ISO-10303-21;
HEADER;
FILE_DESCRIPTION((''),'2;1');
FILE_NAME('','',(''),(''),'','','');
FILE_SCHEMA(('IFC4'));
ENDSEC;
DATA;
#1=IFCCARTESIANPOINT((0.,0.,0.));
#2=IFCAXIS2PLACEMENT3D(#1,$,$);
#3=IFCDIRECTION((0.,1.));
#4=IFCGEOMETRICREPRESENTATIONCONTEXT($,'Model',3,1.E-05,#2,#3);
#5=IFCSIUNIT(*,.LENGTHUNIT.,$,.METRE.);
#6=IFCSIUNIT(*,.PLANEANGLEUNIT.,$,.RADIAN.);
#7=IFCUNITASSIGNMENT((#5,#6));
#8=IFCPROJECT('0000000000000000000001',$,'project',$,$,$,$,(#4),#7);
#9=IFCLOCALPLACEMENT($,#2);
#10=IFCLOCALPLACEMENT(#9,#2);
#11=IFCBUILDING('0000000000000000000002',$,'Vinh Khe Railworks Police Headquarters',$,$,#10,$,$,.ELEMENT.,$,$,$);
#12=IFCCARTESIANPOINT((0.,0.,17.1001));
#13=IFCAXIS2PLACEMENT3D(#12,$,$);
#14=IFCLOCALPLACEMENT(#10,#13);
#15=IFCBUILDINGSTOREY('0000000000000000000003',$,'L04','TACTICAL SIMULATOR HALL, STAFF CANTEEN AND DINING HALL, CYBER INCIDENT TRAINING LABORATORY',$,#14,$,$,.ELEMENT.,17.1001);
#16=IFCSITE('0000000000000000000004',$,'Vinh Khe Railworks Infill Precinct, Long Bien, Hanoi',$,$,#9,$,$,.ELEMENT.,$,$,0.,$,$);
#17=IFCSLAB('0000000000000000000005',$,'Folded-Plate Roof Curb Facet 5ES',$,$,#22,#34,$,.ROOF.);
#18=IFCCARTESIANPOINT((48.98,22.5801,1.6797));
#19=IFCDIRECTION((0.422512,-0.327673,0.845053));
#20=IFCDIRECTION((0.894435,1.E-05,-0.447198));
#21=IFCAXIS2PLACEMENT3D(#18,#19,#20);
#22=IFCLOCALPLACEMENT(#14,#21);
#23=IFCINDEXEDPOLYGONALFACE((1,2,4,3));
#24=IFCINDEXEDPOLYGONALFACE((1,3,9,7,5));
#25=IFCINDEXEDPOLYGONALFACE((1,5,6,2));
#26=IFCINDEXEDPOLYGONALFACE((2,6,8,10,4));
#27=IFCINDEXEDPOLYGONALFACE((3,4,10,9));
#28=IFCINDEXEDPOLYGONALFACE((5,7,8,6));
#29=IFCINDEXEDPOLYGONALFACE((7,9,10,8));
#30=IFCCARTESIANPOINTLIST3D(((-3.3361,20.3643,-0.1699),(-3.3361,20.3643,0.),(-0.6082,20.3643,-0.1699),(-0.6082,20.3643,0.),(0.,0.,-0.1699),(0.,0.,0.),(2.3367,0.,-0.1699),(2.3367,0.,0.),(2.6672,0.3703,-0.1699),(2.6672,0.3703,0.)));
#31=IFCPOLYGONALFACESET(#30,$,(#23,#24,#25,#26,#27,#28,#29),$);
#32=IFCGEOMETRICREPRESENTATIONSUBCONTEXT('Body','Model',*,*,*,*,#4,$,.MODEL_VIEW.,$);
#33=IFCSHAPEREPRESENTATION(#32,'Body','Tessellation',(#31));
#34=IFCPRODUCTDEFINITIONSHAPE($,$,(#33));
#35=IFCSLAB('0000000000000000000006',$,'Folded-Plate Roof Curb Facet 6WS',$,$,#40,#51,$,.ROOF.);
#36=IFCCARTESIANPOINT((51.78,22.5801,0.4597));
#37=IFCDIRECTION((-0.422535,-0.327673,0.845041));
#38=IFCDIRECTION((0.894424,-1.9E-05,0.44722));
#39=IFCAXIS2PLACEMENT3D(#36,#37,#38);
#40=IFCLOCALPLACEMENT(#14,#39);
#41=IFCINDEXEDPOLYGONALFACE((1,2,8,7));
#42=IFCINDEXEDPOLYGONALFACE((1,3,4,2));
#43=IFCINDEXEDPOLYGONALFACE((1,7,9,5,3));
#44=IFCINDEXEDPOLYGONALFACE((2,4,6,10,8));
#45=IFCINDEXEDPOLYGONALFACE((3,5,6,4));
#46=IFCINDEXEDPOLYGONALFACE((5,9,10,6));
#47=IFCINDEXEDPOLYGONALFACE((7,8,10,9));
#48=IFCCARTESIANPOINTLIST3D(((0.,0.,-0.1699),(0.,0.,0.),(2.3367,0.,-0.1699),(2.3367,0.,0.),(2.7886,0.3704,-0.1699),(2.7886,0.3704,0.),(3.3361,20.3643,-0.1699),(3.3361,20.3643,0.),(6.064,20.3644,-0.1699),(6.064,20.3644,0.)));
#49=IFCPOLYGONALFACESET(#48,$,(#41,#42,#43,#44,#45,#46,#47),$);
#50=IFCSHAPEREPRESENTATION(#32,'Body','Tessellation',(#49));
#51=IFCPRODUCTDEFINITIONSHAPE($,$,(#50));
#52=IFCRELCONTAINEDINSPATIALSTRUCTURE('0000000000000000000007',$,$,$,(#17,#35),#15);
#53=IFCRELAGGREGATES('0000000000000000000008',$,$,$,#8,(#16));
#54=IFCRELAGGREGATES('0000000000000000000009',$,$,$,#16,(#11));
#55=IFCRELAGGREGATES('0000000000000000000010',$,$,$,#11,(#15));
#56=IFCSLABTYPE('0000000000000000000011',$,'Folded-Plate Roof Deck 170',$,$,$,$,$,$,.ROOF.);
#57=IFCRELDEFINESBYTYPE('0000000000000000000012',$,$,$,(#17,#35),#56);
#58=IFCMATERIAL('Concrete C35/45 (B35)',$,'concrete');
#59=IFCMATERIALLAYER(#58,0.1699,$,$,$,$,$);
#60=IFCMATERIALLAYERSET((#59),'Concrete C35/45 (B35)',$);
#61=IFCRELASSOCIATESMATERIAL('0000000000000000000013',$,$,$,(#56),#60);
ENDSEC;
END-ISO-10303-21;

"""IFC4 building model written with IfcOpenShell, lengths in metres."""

from ifc_helpers import new_model, si_unit, direction, frame, origin, place, context, subcontext, project, spatial, polyline, outline, extrude, material, layer, layer_set, type_object, element, save


model = new_model("IFC4")

# Units and contexts
model_context = context("Model", 3, precision=1e-05, world=origin(), true_north=direction((0.0, 1.0)))
body_context = subcontext(model_context, "Body", "Model", "MODEL_VIEW")
ifc_project = project(units=[si_unit("LENGTHUNIT", "METRE"), si_unit("PLANEANGLEUNIT", "RADIAN")], contexts=[model_context])

# Site, building, storey
site_placement = place(None, origin())
site = spatial("IfcSite", under=ifc_project, at=site_placement, Name="Vinh Khe Railworks Infill Precinct, Long Bien, Hanoi", CompositionType="ELEMENT", RefElevation=0.0)
building_placement = place(site_placement, origin())
building = spatial("IfcBuilding", under=site, at=building_placement, Name="Vinh Khe Railworks Police Headquarters", CompositionType="ELEMENT")
storey_placement = place(building_placement, frame((0.0, 0.0, 17.1001)))
storey = spatial("IfcBuildingStorey", under=building, at=storey_placement, Name="L04", Description="TACTICAL SIMULATOR HALL, STAFF CANTEEN AND DINING HALL, CYBER INCIDENT TRAINING LABORATORY", CompositionType="ELEMENT", Elevation=17.1001)

# Slabs
ifc_material_1 = material(Name="Concrete C35/45 (B35)", Category="concrete")
ifc_layer = layer(ifc_material_1, 0.1699)
ifc_layer_set = layer_set([ifc_layer], Name="Concrete C35/45 (B35)")
slab_type = type_object("IfcSlabType", Name="Folded-Plate Roof Deck 170", PredefinedType="ROOF", material=ifc_layer_set)
slab_1_placement = place(storey_placement, frame((48.98, 22.5801, 1.6797), z_axis=(0.422512, -0.327673, 0.845053), x_axis=(0.894435, 0.00001, -0.447198)))
element("IfcSlab", 1, at=slab_1_placement, inside=storey, type_object=slab_type, Name="Folded-Plate Roof Curb Facet 5ES", PredefinedType="ROOF", context=body_context, shape_type="SweptSolid", body=[
    extrude(outline(polyline([(0.0, 0.0), (2.3367, 0.0), (2.6672, 0.3703), (-0.6082, 20.3643), (-3.3361, 20.3643), (0.0, 0.0)])), origin(), (0.0, 0.0, -1.0), 0.1699),
])
slab_2_placement = place(storey_placement, frame((51.78, 22.5801, 0.4597), z_axis=(-0.422535, -0.327673, 0.845041), x_axis=(0.894424, -0.000019, 0.44722)))
element("IfcSlab", 2, at=slab_2_placement, inside=storey, type_object=slab_type, Name="Folded-Plate Roof Curb Facet 6WS", PredefinedType="ROOF", context=body_context, shape_type="SweptSolid", body=[
    extrude(outline(polyline([(0.0, 0.0), (2.3367, 0.0), (2.7886, 0.3704), (6.064, 20.3644), (3.3361, 20.3643), (0.0, 0.0)])), origin(), (0.0, 0.0, -1.0), 0.1699),
])

save(model, "model.ifc")
